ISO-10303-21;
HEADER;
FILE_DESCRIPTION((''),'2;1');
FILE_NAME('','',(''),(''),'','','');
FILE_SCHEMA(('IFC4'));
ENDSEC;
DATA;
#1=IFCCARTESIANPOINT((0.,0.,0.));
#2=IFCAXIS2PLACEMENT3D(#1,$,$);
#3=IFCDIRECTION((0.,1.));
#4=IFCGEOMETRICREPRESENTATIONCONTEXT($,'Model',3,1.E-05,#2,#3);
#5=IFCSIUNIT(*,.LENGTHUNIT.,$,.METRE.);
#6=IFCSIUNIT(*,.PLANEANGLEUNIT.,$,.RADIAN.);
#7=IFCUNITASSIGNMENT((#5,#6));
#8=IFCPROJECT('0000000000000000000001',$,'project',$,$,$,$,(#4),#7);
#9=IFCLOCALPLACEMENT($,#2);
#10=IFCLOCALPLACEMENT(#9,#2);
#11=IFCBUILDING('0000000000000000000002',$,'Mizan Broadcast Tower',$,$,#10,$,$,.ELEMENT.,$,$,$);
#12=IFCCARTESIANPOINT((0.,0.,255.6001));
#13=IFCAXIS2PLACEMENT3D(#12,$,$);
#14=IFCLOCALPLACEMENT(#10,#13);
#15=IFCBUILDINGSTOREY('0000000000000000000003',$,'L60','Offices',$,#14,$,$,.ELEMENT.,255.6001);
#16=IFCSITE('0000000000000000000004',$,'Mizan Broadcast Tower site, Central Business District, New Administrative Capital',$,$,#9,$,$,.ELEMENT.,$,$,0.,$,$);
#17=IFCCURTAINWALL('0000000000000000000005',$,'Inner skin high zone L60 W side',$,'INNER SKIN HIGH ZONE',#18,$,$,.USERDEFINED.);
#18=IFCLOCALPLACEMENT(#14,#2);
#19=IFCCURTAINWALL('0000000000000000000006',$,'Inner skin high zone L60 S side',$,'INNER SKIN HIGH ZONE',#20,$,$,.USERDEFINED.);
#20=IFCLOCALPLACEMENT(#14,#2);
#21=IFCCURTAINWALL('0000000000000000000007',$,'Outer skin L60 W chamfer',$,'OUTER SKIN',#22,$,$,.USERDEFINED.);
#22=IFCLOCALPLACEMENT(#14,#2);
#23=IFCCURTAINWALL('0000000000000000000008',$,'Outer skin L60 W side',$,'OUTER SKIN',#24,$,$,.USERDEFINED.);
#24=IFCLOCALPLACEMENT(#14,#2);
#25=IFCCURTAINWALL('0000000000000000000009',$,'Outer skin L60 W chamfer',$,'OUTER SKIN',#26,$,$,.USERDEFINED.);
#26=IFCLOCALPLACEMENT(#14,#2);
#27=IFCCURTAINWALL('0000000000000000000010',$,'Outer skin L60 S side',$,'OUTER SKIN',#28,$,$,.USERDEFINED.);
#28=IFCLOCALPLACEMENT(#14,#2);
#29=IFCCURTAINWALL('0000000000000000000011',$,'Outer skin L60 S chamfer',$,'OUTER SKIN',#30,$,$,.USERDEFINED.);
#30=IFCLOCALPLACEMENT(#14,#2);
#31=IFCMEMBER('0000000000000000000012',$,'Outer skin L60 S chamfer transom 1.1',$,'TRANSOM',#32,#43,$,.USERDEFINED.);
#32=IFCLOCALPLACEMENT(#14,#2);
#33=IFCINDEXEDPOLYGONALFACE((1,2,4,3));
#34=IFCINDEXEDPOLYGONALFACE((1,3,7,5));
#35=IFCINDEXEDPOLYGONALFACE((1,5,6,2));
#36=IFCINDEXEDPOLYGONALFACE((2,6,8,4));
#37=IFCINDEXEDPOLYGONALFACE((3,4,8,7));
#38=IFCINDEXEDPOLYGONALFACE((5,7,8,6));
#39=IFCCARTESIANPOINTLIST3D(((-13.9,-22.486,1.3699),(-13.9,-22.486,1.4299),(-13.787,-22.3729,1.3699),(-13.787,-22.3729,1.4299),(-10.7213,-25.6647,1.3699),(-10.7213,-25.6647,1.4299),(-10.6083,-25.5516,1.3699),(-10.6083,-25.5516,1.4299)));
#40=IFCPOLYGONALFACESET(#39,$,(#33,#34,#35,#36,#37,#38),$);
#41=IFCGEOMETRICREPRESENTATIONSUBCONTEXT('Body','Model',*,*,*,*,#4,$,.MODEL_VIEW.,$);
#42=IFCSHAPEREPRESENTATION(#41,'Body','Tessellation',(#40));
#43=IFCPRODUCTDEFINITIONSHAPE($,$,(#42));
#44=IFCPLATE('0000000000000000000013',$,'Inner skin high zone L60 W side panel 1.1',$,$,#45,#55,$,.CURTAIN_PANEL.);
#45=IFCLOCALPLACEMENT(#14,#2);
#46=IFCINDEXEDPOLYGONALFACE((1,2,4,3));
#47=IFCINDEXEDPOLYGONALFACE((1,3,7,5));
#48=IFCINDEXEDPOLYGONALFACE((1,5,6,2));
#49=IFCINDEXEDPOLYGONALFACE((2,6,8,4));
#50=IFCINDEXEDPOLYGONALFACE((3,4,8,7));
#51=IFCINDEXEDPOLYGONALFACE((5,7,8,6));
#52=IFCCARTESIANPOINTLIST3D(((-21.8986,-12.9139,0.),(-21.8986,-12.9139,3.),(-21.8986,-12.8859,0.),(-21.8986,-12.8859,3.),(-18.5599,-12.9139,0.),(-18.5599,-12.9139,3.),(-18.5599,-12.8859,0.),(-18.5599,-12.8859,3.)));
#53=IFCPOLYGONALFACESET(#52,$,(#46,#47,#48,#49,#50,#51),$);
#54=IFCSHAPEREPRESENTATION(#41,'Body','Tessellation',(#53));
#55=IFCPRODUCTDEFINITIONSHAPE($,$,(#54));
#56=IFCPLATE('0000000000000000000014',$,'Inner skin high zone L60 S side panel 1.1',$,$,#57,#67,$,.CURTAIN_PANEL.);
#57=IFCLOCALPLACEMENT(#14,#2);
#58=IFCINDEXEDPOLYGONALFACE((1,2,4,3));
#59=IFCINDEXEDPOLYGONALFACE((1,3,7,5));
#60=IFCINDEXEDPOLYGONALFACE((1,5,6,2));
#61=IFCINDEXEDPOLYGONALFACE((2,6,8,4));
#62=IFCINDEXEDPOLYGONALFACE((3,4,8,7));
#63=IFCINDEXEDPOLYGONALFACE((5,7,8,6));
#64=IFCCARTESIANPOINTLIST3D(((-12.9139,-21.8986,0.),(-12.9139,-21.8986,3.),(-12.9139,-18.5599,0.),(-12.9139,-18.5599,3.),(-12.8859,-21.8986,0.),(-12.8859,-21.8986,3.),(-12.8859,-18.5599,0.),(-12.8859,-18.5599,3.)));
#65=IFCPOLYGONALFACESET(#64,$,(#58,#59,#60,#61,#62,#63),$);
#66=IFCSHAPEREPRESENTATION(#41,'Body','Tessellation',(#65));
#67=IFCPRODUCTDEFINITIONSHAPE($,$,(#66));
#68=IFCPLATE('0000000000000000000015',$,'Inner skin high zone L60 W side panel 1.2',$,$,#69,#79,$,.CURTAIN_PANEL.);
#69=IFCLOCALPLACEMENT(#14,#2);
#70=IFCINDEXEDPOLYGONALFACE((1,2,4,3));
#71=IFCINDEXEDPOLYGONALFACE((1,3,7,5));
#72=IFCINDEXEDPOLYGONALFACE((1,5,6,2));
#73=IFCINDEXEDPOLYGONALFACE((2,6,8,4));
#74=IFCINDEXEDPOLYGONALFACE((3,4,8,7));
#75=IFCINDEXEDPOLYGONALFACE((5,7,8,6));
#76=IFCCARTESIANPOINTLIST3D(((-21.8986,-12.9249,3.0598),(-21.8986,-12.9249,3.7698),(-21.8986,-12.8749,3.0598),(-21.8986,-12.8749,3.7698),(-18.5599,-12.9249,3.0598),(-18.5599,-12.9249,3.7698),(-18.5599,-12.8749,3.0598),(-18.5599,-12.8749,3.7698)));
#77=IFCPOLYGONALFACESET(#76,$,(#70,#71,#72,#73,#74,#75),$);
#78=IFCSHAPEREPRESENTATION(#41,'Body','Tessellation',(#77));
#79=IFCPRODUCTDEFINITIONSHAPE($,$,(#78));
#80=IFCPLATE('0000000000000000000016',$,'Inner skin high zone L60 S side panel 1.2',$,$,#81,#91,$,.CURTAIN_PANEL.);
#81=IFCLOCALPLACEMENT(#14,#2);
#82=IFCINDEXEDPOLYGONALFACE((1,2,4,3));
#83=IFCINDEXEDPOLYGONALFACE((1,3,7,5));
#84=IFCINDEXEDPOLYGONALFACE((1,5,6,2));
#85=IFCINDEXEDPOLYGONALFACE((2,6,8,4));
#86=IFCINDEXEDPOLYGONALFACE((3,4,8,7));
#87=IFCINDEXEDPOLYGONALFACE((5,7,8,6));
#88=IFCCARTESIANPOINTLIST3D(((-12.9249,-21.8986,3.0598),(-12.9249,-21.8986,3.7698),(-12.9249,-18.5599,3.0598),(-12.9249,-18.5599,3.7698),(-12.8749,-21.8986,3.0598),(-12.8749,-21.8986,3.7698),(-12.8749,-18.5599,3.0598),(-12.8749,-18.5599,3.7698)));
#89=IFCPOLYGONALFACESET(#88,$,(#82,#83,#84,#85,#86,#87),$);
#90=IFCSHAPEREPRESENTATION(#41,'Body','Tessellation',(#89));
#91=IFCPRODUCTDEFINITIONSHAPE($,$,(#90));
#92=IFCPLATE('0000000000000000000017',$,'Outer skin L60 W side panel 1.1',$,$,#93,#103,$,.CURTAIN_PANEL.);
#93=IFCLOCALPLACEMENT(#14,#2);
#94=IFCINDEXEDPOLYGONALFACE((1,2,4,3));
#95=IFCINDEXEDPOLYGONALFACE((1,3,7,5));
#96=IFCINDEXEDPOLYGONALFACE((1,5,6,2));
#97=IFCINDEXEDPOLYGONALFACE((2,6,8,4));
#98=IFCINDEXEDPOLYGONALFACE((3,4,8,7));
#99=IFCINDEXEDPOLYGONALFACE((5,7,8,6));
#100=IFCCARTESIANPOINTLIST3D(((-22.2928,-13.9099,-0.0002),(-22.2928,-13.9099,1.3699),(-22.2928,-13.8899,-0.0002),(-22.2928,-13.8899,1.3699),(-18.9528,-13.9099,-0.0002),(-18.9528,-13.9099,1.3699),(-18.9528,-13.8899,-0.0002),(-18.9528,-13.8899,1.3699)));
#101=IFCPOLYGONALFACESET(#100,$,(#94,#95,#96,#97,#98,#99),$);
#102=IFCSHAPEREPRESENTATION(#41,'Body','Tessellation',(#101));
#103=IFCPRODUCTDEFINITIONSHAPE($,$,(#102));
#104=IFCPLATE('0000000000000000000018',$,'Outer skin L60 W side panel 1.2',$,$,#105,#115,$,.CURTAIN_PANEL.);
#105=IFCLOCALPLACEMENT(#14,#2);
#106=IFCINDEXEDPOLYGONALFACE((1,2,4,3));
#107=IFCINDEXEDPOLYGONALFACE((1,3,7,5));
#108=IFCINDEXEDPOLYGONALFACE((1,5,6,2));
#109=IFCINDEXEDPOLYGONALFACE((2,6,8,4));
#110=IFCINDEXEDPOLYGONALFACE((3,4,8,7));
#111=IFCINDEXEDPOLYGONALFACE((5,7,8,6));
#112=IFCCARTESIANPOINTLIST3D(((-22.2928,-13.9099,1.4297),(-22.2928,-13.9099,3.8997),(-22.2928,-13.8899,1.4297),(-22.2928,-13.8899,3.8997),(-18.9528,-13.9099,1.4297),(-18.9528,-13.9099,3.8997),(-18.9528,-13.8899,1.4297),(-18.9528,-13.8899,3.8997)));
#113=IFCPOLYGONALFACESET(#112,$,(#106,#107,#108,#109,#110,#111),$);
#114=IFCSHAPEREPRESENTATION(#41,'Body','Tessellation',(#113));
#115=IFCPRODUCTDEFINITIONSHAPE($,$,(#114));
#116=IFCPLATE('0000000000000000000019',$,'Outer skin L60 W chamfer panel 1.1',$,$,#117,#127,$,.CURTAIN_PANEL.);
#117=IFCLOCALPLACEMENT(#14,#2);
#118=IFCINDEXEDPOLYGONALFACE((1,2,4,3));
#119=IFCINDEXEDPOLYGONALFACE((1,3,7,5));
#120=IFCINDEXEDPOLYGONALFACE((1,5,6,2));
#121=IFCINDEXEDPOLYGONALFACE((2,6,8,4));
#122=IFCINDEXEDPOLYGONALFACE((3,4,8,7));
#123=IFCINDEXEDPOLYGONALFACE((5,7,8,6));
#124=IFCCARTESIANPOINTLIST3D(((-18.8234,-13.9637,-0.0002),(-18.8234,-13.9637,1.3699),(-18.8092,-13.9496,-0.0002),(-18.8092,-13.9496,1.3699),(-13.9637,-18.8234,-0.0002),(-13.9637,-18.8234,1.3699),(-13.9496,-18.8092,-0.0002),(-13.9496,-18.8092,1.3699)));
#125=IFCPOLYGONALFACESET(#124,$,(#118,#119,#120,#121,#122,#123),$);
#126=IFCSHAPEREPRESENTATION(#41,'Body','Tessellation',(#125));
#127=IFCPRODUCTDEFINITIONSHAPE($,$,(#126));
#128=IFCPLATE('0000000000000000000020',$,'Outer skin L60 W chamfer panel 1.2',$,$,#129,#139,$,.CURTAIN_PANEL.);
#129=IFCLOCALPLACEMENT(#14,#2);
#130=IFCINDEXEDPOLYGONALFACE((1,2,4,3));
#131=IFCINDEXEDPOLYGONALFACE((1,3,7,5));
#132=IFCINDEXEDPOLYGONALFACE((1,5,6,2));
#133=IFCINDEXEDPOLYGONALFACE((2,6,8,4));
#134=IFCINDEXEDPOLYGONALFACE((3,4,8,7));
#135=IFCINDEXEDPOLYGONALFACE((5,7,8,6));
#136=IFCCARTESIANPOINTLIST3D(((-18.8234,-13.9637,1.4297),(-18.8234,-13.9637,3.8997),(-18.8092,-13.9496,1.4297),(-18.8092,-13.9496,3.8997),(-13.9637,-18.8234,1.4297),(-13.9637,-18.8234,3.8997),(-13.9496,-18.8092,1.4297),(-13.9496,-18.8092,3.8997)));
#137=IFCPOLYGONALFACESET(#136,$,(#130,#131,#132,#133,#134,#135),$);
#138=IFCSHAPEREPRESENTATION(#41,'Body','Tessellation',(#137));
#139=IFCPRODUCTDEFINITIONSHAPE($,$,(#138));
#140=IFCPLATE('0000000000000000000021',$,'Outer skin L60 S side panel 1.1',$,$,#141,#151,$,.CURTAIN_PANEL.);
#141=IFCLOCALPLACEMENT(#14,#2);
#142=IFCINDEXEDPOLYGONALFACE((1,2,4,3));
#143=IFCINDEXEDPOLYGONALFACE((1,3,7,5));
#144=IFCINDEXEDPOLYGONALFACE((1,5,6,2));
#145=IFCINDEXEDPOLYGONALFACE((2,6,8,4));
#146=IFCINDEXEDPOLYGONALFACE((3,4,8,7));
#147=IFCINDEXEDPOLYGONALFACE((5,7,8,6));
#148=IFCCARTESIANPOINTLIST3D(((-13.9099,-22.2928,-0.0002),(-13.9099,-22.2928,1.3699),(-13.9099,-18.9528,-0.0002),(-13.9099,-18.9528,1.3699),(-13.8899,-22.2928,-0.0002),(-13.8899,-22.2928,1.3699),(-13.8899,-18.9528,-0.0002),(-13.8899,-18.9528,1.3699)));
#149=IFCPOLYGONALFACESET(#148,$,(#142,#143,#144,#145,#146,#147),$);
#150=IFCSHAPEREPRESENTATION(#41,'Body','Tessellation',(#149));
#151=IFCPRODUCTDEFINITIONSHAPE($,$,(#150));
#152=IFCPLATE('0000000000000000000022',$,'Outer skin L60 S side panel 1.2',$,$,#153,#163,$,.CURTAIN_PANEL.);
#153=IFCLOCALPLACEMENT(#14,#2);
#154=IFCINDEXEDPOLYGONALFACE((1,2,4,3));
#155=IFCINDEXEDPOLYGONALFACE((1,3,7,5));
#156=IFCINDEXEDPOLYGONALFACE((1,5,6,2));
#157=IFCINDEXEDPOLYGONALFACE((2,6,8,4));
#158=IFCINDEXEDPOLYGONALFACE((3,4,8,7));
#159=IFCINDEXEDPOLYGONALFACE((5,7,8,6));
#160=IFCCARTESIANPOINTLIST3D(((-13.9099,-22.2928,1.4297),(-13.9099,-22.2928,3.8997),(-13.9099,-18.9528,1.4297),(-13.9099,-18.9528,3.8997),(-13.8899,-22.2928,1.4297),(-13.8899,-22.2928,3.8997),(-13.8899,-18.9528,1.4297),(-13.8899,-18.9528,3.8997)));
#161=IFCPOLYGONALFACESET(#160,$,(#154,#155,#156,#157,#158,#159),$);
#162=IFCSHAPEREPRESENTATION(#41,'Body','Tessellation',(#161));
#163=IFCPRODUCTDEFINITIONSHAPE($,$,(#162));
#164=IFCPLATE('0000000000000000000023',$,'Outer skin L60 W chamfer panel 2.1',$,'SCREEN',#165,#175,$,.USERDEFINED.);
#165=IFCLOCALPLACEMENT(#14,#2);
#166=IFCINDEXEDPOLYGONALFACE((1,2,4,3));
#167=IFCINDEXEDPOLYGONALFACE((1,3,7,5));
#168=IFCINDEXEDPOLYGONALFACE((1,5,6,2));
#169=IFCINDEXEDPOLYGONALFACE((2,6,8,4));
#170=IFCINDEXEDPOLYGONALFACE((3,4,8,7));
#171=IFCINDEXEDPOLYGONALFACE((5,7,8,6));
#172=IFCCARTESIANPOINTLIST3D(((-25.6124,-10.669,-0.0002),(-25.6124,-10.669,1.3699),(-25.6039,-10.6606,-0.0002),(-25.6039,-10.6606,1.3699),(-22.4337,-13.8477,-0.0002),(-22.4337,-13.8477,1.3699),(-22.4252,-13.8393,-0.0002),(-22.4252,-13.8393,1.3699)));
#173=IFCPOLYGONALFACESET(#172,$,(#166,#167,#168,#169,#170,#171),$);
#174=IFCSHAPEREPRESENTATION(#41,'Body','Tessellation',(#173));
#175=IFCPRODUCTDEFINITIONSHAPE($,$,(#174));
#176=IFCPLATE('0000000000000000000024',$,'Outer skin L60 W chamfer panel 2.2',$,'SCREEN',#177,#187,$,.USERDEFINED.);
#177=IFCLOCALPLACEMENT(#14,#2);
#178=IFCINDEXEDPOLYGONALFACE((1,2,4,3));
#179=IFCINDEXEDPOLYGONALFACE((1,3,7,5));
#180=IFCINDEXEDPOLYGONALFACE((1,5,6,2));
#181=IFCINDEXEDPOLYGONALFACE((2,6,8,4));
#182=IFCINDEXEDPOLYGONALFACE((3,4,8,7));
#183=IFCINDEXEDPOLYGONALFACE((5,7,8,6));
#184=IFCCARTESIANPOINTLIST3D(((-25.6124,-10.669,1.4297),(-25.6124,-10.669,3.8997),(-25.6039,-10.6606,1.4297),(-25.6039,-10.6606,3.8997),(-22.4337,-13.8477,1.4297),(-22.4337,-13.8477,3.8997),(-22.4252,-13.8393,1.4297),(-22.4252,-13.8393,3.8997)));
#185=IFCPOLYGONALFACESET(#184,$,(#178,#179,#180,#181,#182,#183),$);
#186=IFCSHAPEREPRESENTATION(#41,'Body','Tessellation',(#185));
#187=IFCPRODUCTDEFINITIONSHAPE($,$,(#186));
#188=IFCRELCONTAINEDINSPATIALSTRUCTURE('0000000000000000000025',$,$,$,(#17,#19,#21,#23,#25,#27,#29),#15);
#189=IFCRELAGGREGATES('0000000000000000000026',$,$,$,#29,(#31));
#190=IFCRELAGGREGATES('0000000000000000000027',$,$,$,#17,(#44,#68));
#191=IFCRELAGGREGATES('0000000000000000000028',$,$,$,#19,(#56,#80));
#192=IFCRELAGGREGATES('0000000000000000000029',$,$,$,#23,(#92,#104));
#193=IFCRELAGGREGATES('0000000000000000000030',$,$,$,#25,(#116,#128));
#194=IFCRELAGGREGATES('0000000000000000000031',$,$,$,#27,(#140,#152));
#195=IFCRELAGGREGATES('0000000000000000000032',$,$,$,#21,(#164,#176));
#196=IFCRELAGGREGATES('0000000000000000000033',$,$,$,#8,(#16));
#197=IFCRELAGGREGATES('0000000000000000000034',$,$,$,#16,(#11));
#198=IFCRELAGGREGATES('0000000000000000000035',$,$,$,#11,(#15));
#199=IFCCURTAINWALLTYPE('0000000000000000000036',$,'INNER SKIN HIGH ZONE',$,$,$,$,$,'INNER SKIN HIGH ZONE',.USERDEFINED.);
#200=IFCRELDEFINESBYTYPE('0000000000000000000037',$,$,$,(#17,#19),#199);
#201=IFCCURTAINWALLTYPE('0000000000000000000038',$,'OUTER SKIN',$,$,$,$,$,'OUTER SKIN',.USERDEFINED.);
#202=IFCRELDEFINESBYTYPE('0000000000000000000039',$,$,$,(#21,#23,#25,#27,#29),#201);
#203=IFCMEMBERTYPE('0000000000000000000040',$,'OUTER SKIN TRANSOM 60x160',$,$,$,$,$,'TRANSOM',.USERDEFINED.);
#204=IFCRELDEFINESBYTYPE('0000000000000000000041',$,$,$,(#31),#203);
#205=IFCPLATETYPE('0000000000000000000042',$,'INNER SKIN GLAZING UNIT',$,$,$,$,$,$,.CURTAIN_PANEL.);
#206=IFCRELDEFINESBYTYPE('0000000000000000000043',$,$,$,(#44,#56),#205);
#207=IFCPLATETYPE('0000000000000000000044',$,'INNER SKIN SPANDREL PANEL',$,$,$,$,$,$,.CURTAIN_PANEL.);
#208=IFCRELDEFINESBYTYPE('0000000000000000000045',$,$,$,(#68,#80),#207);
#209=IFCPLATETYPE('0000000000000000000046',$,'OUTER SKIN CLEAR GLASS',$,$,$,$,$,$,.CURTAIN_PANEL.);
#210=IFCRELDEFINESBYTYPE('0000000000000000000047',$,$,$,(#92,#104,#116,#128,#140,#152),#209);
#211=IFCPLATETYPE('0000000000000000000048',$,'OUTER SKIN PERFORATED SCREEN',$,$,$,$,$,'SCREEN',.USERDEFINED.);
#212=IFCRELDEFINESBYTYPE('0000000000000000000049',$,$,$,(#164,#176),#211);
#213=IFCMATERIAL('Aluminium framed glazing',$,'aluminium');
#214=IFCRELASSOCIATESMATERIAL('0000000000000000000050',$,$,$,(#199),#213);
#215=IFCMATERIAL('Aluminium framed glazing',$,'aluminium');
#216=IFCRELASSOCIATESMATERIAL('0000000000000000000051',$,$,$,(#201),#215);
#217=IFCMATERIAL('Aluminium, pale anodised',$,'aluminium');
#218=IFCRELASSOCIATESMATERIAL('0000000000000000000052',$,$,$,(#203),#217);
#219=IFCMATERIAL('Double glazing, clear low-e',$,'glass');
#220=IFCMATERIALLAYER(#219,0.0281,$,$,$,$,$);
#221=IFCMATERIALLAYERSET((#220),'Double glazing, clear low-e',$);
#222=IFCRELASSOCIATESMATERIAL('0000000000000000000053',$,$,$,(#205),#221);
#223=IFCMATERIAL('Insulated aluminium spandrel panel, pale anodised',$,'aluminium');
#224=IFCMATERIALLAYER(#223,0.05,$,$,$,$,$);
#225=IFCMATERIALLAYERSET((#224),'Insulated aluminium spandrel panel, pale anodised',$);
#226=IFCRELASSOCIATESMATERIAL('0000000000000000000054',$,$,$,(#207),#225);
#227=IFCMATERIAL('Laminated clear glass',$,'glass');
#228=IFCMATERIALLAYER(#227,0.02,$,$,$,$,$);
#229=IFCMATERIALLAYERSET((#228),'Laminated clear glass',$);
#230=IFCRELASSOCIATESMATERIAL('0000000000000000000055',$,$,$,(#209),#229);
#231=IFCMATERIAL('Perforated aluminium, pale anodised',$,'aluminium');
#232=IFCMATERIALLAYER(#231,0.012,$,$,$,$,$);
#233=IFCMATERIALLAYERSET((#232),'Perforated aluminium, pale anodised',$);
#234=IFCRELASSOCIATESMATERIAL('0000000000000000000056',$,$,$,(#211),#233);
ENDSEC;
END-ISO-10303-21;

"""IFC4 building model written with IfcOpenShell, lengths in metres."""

from ifc_helpers import new_model, si_unit, direction, frame, origin, origin_2d, place, context, subcontext, project, spatial, rectangle, extrude, material, layer, layer_set, material_profile, profile_set, type_object, element, aggregate, save


model = new_model("IFC4")

# Units and contexts
model_context = context("Model", 3, precision=1e-05, world=origin(), true_north=direction((0.0, 1.0)))
body_context = subcontext(model_context, "Body", "Model", "MODEL_VIEW")
ifc_project = project(units=[si_unit("LENGTHUNIT", "METRE"), si_unit("PLANEANGLEUNIT", "RADIAN")], contexts=[model_context])

# Site, building, storey
site_placement = place(None, origin())
site = spatial("IfcSite", under=ifc_project, at=site_placement, Name="Mizan Broadcast Tower site, Central Business District, New Administrative Capital", CompositionType="ELEMENT", RefElevation=0.0)
building_placement = place(site_placement, origin())
building = spatial("IfcBuilding", under=site, at=building_placement, Name="Mizan Broadcast Tower", CompositionType="ELEMENT")
storey_placement = place(building_placement, frame((0.0, 0.0, 255.6001)))
storey = spatial("IfcBuildingStorey", under=building, at=storey_placement, Name="L60", Description="Offices", CompositionType="ELEMENT", Elevation=255.6001)

# Curtain walls
ifc_material_1 = material(Name="Aluminium framed glazing", Category="aluminium")
curtain_wall_type_1 = type_object("IfcCurtainWallType", Name="INNER SKIN HIGH ZONE", ElementType="INNER SKIN HIGH ZONE", PredefinedType="USERDEFINED", material=ifc_material_1)
curtain_wall_1_placement = place(storey_placement, origin())
curtain_wall_1 = element("IfcCurtainWall", 1, at=curtain_wall_1_placement, inside=storey, type_object=curtain_wall_type_1, Name="Inner skin high zone L60 W side", ObjectType="INNER SKIN HIGH ZONE", PredefinedType="USERDEFINED")
curtain_wall_2_placement = place(storey_placement, origin())
curtain_wall_2 = element("IfcCurtainWall", 2, at=curtain_wall_2_placement, inside=storey, type_object=curtain_wall_type_1, Name="Inner skin high zone L60 S side", ObjectType="INNER SKIN HIGH ZONE", PredefinedType="USERDEFINED")

# Curtain walls
ifc_material_2 = material(Name="Aluminium framed glazing", Category="aluminium")
curtain_wall_type_2 = type_object("IfcCurtainWallType", Name="OUTER SKIN", ElementType="OUTER SKIN", PredefinedType="USERDEFINED", material=ifc_material_2)
curtain_wall_3_placement = place(storey_placement, origin())
curtain_wall_3 = element("IfcCurtainWall", 3, at=curtain_wall_3_placement, inside=storey, type_object=curtain_wall_type_2, Name="Outer skin L60 W chamfer", ObjectType="OUTER SKIN", PredefinedType="USERDEFINED")
curtain_wall_4_placement = place(storey_placement, origin())
curtain_wall_4 = element("IfcCurtainWall", 4, at=curtain_wall_4_placement, inside=storey, type_object=curtain_wall_type_2, Name="Outer skin L60 W side", ObjectType="OUTER SKIN", PredefinedType="USERDEFINED")
curtain_wall_5_placement = place(storey_placement, origin())
curtain_wall_5 = element("IfcCurtainWall", 5, at=curtain_wall_5_placement, inside=storey, type_object=curtain_wall_type_2, Name="Outer skin L60 W chamfer", ObjectType="OUTER SKIN", PredefinedType="USERDEFINED")
curtain_wall_6_placement = place(storey_placement, origin())
curtain_wall_6 = element("IfcCurtainWall", 6, at=curtain_wall_6_placement, inside=storey, type_object=curtain_wall_type_2, Name="Outer skin L60 S side", ObjectType="OUTER SKIN", PredefinedType="USERDEFINED")

# Shared definitions
ifc_material_3 = material(Name="Aluminium, pale anodised", Category="aluminium")
ifc_material_profile_1 = material_profile(ifc_material_3, rectangle(XDim=0.1599, YDim=0.0601, at=origin_2d()), Name="TRANSOM 160x60")
ifc_profile_set_1 = profile_set([ifc_material_profile_1], Name="Aluminium, pale anodised")
member_type_1 = type_object("IfcMemberType", Name="OUTER SKIN TRANSOM 60x160", ElementType="TRANSOM", PredefinedType="USERDEFINED", material=ifc_profile_set_1)

# Curtain wall, member
curtain_wall_7_placement = place(storey_placement, origin())
curtain_wall_7 = element("IfcCurtainWall", 7, at=curtain_wall_7_placement, inside=storey, type_object=curtain_wall_type_2, Name="Outer skin L60 S chamfer", ObjectType="OUTER SKIN", PredefinedType="USERDEFINED")
member_1_placement = place(storey_placement, frame((-13.8435, -22.4294, 1.3999), z_axis=(0.707107, -0.707107, 0.0), x_axis=(0.707107, 0.707107, 0.0)))
member_1 = element("IfcMember", 8, at=member_1_placement, type_object=member_type_1, Name="Outer skin L60 S chamfer transom 1.1", ObjectType="TRANSOM", PredefinedType="USERDEFINED", context=body_context, shape_type="SweptSolid", body=[
    extrude(rectangle(XDim=0.1599, YDim=0.0601, at=origin_2d()), origin(), (0.0, 0.0, 1.0), 4.4954),
])
aggregate(curtain_wall_7, [member_1])

# Plates
ifc_material_4 = material(Name="Double glazing, clear low-e", Category="glass")
ifc_layer_1 = layer(ifc_material_4, 0.0281)
ifc_layer_set_1 = layer_set([ifc_layer_1], Name="Double glazing, clear low-e")
plate_type_1 = type_object("IfcPlateType", Name="INNER SKIN GLAZING UNIT", PredefinedType="CURTAIN_PANEL", material=ifc_layer_set_1)
plate_1_placement = place(storey_placement, frame((-20.2292, -12.8999, 0.0), z_axis=(0.0, 0.0, 1.0), x_axis=(1.0, 0.0, 0.0)))
plate_1 = element("IfcPlate", 9, at=plate_1_placement, type_object=plate_type_1, Name="Inner skin high zone L60 W side panel 1.1", PredefinedType="CURTAIN_PANEL", context=body_context, shape_type="SweptSolid", body=[
    extrude(rectangle(XDim=3.3386, YDim=0.0281, at=origin_2d()), origin(), (0.0, 0.0, 1.0), 3.0),
])
plate_2_placement = place(storey_placement, frame((-12.8999, -20.2292, 0.0), z_axis=(0.0, 0.0, 1.0), x_axis=(0.0, -1.0, 0.0)))
plate_2 = element("IfcPlate", 10, at=plate_2_placement, type_object=plate_type_1, Name="Inner skin high zone L60 S side panel 1.1", PredefinedType="CURTAIN_PANEL", context=body_context, shape_type="SweptSolid", body=[
    extrude(rectangle(XDim=3.3386, YDim=0.0281, at=origin_2d()), origin(), (0.0, 0.0, 1.0), 3.0),
])
ifc_material_5 = material(Name="Insulated aluminium spandrel panel, pale anodised", Category="aluminium")
ifc_layer_2 = layer(ifc_material_5, 0.05)
ifc_layer_set_2 = layer_set([ifc_layer_2], Name="Insulated aluminium spandrel panel, pale anodised")
plate_type_2 = type_object("IfcPlateType", Name="INNER SKIN SPANDREL PANEL", PredefinedType="CURTAIN_PANEL", material=ifc_layer_set_2)
plate_3_placement = place(storey_placement, frame((-20.2292, -12.8999, 3.0598), z_axis=(0.0, 0.0, 1.0), x_axis=(1.0, 0.0, 0.0)))
plate_3 = element("IfcPlate", 11, at=plate_3_placement, type_object=plate_type_2, Name="Inner skin high zone L60 W side panel 1.2", PredefinedType="CURTAIN_PANEL", context=body_context, shape_type="SweptSolid", body=[
    extrude(rectangle(XDim=3.3386, YDim=0.05, at=origin_2d()), origin(), (0.0, 0.0, 1.0), 0.71),
])
aggregate(curtain_wall_1, [plate_1, plate_3])
plate_4_placement = place(storey_placement, frame((-12.8999, -20.2292, 3.0598), z_axis=(0.0, 0.0, 1.0), x_axis=(0.0, -1.0, 0.0)))
plate_4 = element("IfcPlate", 12, at=plate_4_placement, type_object=plate_type_2, Name="Inner skin high zone L60 S side panel 1.2", PredefinedType="CURTAIN_PANEL", context=body_context, shape_type="SweptSolid", body=[
    extrude(rectangle(XDim=3.3386, YDim=0.05, at=origin_2d()), origin(), (0.0, 0.0, 1.0), 0.71),
])
aggregate(curtain_wall_2, [plate_2, plate_4])
ifc_material_6 = material(Name="Laminated clear glass", Category="glass")
ifc_layer_3 = layer(ifc_material_6, 0.02)
ifc_layer_set_3 = layer_set([ifc_layer_3], Name="Laminated clear glass")
plate_type_3 = type_object("IfcPlateType", Name="OUTER SKIN CLEAR GLASS", PredefinedType="CURTAIN_PANEL", material=ifc_layer_set_3)
plate_5_placement = place(storey_placement, frame((-20.6228, -13.8999, -0.0002), z_axis=(0.0, 0.0, 1.0), x_axis=(1.0, 0.0, 0.0)))
plate_5 = element("IfcPlate", 13, at=plate_5_placement, type_object=plate_type_3, Name="Outer skin L60 W side panel 1.1", PredefinedType="CURTAIN_PANEL", context=body_context, shape_type="SweptSolid", body=[
    extrude(rectangle(XDim=3.3401, YDim=0.02, at=origin_2d()), origin(), (0.0, 0.0, 1.0), 1.3701),
])
plate_6_placement = place(storey_placement, frame((-20.6228, -13.8999, 1.4297), z_axis=(0.0, 0.0, 1.0), x_axis=(1.0, 0.0, 0.0)))
plate_6 = element("IfcPlate", 14, at=plate_6_placement, type_object=plate_type_3, Name="Outer skin L60 W side panel 1.2", PredefinedType="CURTAIN_PANEL", context=body_context, shape_type="SweptSolid", body=[
    extrude(rectangle(XDim=3.3401, YDim=0.02, at=origin_2d()), origin(), (0.0, 0.0, 1.0), 2.47),
])
aggregate(curtain_wall_4, [plate_5, plate_6])
plate_7_placement = place(storey_placement, frame((-16.3865, -16.3865, -0.0002), z_axis=(0.0, 0.0, 1.0), x_axis=(0.707107, -0.707107, 0.0)))
plate_7 = element("IfcPlate", 15, at=plate_7_placement, type_object=plate_type_3, Name="Outer skin L60 W chamfer panel 1.1", PredefinedType="CURTAIN_PANEL", context=body_context, shape_type="SweptSolid", body=[
    extrude(rectangle(XDim=6.8726, YDim=0.02, at=origin_2d()), origin(), (0.0, 0.0, 1.0), 1.3701),
])
plate_8_placement = place(storey_placement, frame((-16.3865, -16.3865, 1.4297), z_axis=(0.0, 0.0, 1.0), x_axis=(0.707107, -0.707107, 0.0)))
plate_8 = element("IfcPlate", 16, at=plate_8_placement, type_object=plate_type_3, Name="Outer skin L60 W chamfer panel 1.2", PredefinedType="CURTAIN_PANEL", context=body_context, shape_type="SweptSolid", body=[
    extrude(rectangle(XDim=6.8726, YDim=0.02, at=origin_2d()), origin(), (0.0, 0.0, 1.0), 2.47),
])
aggregate(curtain_wall_5, [plate_7, plate_8])
plate_9_placement = place(storey_placement, frame((-13.8999, -20.6228, -0.0002), z_axis=(0.0, 0.0, 1.0), x_axis=(0.0, -1.0, 0.0)))
plate_9 = element("IfcPlate", 17, at=plate_9_placement, type_object=plate_type_3, Name="Outer skin L60 S side panel 1.1", PredefinedType="CURTAIN_PANEL", context=body_context, shape_type="SweptSolid", body=[
    extrude(rectangle(XDim=3.3401, YDim=0.02, at=origin_2d()), origin(), (0.0, 0.0, 1.0), 1.3701),
])
plate_10_placement = place(storey_placement, frame((-13.8999, -20.6228, 1.4297), z_axis=(0.0, 0.0, 1.0), x_axis=(0.0, -1.0, 0.0)))
plate_10 = element("IfcPlate", 18, at=plate_10_placement, type_object=plate_type_3, Name="Outer skin L60 S side panel 1.2", PredefinedType="CURTAIN_PANEL", context=body_context, shape_type="SweptSolid", body=[
    extrude(rectangle(XDim=3.3401, YDim=0.02, at=origin_2d()), origin(), (0.0, 0.0, 1.0), 2.47),
])
aggregate(curtain_wall_6, [plate_9, plate_10])
ifc_material_7 = material(Name="Perforated aluminium, pale anodised", Category="aluminium")
ifc_layer_4 = layer(ifc_material_7, 0.012)
ifc_layer_set_4 = layer_set([ifc_layer_4], Name="Perforated aluminium, pale anodised")
plate_type_4 = type_object("IfcPlateType", Name="OUTER SKIN PERFORATED SCREEN", ElementType="SCREEN", PredefinedType="USERDEFINED", material=ifc_layer_set_4)
plate_11_placement = place(storey_placement, frame((-24.0188, -12.2542, -0.0002), z_axis=(0.0, 0.0, 1.0), x_axis=(0.707107, -0.707107, 0.0)))
plate_11 = element("IfcPlate", 19, at=plate_11_placement, type_object=plate_type_4, Name="Outer skin L60 W chamfer panel 2.1", ObjectType="SCREEN", PredefinedType="USERDEFINED", context=body_context, shape_type="SweptSolid", body=[
    extrude(rectangle(XDim=4.4954, YDim=0.012, at=origin_2d()), origin(), (0.0, 0.0, 1.0), 1.3701),
])
plate_12_placement = place(storey_placement, frame((-24.0188, -12.2542, 1.4297), z_axis=(0.0, 0.0, 1.0), x_axis=(0.707107, -0.707107, 0.0)))
plate_12 = element("IfcPlate", 20, at=plate_12_placement, type_object=plate_type_4, Name="Outer skin L60 W chamfer panel 2.2", ObjectType="SCREEN", PredefinedType="USERDEFINED", context=body_context, shape_type="SweptSolid", body=[
    extrude(rectangle(XDim=4.4954, YDim=0.012, at=origin_2d()), origin(), (0.0, 0.0, 1.0), 2.47),
])
aggregate(curtain_wall_3, [plate_11, plate_12])

save(model, "model.ifc")
